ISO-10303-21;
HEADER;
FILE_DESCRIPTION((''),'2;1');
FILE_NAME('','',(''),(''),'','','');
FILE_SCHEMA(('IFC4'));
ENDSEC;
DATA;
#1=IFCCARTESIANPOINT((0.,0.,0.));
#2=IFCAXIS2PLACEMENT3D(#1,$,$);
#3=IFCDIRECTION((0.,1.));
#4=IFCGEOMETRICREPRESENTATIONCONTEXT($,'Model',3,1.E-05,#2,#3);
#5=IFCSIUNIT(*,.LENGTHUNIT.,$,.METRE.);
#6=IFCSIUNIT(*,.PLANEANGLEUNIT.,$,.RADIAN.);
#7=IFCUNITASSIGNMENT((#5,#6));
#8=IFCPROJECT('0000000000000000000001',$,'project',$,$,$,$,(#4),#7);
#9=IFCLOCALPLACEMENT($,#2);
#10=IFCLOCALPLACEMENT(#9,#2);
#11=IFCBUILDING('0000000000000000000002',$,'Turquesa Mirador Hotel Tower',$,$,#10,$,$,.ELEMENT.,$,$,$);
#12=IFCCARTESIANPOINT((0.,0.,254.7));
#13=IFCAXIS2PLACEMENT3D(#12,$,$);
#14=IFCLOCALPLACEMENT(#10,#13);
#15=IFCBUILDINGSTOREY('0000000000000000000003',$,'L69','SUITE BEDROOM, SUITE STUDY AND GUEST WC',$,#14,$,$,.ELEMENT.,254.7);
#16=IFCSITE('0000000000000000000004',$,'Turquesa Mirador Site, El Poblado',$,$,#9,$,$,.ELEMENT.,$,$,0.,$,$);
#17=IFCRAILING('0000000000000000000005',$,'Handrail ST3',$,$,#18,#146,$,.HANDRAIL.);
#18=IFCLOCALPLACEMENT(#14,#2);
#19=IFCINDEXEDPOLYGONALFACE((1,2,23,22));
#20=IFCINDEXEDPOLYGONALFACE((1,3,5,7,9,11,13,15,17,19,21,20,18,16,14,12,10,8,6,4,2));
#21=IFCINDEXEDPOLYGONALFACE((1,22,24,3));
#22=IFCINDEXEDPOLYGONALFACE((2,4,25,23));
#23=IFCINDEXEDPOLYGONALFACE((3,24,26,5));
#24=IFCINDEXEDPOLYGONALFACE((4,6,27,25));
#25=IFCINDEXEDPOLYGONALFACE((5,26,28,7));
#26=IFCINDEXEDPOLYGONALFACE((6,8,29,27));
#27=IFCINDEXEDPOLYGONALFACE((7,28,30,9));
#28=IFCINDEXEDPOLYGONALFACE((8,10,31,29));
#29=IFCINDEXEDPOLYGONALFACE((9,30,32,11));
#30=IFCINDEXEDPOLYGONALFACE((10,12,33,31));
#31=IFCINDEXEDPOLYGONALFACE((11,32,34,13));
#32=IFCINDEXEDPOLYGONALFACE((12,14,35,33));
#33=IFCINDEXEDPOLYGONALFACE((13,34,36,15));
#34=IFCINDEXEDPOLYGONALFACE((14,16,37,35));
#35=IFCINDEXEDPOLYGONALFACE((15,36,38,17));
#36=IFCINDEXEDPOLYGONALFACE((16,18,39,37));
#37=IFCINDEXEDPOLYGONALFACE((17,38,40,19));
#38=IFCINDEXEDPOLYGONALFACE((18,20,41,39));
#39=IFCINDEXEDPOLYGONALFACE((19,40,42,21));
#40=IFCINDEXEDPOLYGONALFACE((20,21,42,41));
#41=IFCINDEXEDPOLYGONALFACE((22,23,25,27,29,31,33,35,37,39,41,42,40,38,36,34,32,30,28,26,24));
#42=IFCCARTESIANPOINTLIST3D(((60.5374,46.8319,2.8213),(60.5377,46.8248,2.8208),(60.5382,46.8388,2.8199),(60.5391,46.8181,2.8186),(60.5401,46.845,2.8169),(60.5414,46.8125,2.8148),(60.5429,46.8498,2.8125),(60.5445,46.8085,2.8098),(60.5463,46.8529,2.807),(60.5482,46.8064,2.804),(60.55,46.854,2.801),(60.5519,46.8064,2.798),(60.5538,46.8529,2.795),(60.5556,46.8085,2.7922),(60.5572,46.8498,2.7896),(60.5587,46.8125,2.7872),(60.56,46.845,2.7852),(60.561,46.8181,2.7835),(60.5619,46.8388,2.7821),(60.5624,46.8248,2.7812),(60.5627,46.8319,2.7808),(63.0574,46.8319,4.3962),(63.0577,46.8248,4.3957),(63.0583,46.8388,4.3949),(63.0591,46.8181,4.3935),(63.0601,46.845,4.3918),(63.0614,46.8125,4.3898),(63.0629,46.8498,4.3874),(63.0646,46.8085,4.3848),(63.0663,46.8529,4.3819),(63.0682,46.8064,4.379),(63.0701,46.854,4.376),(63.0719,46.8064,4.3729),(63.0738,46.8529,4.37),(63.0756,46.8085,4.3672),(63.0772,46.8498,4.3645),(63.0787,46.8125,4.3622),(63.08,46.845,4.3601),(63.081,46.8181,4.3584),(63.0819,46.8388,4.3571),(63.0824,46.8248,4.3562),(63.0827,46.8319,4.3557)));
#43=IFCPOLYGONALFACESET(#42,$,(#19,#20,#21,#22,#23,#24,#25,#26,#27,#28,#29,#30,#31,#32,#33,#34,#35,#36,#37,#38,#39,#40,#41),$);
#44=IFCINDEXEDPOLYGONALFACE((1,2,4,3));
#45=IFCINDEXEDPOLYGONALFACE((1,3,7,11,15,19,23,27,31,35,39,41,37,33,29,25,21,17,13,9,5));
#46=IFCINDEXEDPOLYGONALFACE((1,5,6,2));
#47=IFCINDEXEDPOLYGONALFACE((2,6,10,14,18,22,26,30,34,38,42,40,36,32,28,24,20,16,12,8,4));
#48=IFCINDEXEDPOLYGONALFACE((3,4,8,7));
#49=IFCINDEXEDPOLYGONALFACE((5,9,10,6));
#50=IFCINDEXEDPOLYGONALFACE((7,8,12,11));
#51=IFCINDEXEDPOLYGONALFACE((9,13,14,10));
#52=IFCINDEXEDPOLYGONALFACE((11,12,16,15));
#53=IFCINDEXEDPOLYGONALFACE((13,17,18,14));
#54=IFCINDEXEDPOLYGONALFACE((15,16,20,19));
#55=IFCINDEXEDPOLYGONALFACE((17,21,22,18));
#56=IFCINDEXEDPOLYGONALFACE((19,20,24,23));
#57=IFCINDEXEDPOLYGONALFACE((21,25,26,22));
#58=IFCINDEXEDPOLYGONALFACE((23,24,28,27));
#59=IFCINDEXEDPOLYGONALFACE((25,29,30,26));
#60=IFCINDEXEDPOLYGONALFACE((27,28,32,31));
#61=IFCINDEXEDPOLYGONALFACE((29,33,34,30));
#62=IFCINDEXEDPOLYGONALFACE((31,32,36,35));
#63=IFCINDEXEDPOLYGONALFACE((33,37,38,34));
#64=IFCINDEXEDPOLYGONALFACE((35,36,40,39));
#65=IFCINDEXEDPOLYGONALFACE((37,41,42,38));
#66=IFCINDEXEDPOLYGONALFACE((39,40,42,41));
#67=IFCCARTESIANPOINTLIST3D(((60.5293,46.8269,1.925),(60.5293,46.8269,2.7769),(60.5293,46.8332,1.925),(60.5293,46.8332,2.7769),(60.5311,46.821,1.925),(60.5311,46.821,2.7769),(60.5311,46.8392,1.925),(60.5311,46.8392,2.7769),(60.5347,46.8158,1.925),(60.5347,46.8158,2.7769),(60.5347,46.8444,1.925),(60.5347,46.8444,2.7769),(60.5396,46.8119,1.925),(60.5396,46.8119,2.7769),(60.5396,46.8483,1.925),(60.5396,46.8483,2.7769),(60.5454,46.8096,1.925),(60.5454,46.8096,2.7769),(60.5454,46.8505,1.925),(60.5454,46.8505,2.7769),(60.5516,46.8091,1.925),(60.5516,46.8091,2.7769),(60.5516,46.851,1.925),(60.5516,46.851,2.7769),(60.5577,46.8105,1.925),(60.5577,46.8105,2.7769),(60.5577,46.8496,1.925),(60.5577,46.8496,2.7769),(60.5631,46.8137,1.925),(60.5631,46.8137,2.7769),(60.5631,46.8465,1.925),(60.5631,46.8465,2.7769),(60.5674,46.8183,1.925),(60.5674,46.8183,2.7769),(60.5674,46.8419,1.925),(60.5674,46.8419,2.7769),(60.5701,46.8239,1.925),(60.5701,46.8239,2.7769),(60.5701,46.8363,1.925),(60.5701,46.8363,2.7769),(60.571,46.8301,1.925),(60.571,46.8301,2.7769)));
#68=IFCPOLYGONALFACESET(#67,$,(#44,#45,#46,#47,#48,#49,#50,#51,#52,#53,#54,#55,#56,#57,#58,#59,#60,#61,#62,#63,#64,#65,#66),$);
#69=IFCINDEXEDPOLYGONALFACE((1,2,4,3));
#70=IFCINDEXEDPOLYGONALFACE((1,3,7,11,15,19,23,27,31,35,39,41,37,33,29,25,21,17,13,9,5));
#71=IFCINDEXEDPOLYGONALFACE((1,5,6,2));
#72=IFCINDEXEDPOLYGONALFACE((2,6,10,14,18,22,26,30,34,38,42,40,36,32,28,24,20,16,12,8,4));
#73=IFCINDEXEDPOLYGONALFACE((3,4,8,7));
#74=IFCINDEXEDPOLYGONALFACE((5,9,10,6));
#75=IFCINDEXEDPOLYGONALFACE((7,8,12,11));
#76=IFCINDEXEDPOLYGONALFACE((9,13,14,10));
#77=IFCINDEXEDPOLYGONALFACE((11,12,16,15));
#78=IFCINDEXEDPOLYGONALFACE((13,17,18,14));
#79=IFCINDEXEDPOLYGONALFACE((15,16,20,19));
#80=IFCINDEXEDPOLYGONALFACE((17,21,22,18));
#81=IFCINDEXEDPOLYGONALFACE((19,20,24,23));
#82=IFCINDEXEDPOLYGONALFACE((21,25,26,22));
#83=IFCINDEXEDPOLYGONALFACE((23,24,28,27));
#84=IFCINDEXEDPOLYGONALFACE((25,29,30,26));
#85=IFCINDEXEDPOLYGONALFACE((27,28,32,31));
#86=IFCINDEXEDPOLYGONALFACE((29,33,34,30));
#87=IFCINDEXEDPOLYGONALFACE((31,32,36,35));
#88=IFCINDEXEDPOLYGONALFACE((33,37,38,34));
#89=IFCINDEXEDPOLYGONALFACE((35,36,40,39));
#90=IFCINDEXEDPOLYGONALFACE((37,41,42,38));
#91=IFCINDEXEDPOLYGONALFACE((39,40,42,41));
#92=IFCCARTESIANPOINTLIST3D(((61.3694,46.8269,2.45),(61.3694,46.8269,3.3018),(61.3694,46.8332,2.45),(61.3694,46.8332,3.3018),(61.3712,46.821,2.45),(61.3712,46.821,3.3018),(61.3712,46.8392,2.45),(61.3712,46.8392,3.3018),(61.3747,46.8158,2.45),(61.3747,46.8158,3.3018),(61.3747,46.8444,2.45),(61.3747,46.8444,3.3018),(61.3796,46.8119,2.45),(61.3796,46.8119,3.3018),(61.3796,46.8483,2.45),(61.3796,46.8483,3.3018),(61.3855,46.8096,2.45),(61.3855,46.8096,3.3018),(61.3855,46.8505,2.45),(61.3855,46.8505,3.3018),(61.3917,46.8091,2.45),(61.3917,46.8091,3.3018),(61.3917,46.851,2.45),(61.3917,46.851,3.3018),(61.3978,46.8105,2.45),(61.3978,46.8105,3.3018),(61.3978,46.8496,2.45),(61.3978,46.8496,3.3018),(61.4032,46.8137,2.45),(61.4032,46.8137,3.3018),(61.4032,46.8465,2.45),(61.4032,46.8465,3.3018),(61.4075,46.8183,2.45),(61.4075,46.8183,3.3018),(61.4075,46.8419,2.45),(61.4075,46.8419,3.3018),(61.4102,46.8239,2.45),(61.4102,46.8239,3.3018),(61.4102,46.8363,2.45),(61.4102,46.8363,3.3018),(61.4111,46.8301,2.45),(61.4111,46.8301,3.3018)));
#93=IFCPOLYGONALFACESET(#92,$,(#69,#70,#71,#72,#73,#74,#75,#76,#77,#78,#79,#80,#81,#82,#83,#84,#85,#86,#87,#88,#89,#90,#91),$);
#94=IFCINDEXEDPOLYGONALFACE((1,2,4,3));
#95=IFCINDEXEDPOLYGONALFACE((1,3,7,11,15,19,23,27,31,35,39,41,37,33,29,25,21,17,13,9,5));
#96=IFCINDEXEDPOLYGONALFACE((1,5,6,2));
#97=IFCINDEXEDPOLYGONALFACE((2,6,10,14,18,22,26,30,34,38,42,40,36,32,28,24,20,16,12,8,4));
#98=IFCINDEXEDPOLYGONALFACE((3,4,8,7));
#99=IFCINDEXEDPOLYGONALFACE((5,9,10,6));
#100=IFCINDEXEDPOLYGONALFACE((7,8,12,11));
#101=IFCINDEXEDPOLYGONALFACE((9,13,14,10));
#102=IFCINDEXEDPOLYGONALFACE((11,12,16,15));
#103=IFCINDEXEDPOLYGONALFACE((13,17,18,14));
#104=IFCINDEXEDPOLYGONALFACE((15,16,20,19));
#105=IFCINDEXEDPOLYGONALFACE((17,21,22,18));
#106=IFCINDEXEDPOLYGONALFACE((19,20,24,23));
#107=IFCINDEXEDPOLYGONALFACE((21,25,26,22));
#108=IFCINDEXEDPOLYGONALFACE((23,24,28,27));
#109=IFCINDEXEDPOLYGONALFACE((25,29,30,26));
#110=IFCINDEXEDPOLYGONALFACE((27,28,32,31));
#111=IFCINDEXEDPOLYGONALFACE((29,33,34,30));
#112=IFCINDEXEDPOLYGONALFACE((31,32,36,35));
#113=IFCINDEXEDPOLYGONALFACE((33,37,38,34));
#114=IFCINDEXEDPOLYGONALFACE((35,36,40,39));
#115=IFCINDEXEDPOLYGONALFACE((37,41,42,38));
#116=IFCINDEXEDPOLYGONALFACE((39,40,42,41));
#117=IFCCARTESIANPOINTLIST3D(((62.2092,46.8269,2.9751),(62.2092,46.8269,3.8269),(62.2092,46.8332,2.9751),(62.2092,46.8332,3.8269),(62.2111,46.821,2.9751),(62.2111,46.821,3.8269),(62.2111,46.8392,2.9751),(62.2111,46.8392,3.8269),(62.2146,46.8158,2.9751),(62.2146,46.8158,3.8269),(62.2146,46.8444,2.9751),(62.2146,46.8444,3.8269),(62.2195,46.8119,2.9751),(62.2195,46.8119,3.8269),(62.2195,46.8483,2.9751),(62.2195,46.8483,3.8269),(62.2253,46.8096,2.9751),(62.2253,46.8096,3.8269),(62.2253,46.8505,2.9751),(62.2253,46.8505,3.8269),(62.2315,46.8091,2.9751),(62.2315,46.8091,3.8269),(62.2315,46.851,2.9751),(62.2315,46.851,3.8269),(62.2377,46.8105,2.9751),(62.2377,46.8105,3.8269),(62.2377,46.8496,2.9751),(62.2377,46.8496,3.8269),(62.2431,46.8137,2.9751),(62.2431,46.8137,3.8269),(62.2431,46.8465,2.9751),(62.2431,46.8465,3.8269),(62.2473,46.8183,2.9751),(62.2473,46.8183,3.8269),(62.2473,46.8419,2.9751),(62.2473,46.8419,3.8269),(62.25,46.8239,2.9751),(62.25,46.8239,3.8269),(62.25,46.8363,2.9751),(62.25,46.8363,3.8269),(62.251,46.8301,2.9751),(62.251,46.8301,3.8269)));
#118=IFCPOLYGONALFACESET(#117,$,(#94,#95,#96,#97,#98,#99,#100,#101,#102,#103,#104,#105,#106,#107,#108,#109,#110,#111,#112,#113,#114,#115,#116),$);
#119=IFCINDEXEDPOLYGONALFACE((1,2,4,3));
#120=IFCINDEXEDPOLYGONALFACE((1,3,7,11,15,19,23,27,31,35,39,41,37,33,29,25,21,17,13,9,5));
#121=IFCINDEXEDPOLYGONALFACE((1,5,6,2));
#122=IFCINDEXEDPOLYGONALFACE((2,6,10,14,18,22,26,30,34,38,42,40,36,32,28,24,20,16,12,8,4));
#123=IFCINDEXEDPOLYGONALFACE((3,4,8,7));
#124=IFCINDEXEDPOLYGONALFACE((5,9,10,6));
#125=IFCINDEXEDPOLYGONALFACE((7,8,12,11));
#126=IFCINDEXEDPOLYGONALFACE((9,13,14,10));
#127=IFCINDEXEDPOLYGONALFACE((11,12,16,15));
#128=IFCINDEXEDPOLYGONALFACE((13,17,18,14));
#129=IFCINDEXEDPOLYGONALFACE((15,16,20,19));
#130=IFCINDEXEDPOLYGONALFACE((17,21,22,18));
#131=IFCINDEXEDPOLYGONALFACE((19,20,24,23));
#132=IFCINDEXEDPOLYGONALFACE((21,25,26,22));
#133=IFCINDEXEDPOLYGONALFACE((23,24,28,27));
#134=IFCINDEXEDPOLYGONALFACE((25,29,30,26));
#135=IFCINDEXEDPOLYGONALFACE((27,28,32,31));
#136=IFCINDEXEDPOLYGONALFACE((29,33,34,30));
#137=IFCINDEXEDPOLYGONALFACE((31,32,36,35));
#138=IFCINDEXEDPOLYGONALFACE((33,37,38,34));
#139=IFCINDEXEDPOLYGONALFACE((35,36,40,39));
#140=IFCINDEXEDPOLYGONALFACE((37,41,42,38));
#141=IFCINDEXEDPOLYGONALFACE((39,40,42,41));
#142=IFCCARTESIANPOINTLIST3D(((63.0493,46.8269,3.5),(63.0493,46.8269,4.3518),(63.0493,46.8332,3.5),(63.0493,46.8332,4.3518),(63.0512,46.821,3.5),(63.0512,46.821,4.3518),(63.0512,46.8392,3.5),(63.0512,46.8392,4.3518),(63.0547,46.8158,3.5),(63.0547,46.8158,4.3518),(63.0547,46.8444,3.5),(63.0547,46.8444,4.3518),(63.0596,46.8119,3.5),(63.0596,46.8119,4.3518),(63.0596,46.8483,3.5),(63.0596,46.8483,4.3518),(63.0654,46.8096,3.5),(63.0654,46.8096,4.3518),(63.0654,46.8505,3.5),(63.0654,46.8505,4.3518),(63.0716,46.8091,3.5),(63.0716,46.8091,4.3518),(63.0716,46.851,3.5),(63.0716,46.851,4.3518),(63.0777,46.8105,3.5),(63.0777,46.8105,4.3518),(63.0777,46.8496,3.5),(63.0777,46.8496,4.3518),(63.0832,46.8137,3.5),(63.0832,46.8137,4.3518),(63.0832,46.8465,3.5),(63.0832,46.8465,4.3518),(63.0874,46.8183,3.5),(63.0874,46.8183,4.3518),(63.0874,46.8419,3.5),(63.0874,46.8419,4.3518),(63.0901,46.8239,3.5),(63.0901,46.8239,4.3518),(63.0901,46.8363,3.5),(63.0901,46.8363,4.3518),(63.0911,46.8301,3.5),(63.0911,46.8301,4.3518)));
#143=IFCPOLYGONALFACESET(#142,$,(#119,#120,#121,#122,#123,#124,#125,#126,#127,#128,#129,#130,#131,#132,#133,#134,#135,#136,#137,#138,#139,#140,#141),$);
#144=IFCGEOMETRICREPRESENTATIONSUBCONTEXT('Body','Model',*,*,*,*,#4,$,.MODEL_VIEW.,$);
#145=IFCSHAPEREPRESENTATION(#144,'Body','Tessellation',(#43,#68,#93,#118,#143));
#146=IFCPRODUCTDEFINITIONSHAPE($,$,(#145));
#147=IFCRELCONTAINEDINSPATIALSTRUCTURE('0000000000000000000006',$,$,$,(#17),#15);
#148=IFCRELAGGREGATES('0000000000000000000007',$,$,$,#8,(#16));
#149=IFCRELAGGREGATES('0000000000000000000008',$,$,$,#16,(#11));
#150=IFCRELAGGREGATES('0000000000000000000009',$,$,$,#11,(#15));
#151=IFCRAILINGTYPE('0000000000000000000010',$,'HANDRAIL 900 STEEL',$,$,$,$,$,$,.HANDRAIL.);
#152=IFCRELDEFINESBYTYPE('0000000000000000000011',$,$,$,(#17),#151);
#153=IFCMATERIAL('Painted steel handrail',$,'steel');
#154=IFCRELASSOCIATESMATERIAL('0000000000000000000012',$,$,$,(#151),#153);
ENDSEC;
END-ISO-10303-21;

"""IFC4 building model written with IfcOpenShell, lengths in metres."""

from ifc_helpers import new_model, si_unit, direction, frame, origin, origin_2d, place, context, subcontext, project, spatial, circle, extrude, material, type_object, element, save


model = new_model("IFC4")

# Units and contexts
model_context = context("Model", 3, precision=1e-05, world=origin(), true_north=direction((0.0, 1.0)))
body_context = subcontext(model_context, "Body", "Model", "MODEL_VIEW")
ifc_project = project(units=[si_unit("LENGTHUNIT", "METRE"), si_unit("PLANEANGLEUNIT", "RADIAN")], contexts=[model_context])

# Site, building, storey
site_placement = place(None, origin())
site = spatial("IfcSite", under=ifc_project, at=site_placement, Name="Turquesa Mirador Site, El Poblado", CompositionType="ELEMENT", RefElevation=0.0)
building_placement = place(site_placement, origin())
building = spatial("IfcBuilding", under=site, at=building_placement, Name="Turquesa Mirador Hotel Tower", CompositionType="ELEMENT")
storey_placement = place(building_placement, frame((0.0, 0.0, 254.7)))
storey = spatial("IfcBuildingStorey", under=building, at=storey_placement, Name="L69", Description="SUITE BEDROOM, SUITE STUDY AND GUEST WC", CompositionType="ELEMENT", Elevation=254.7)

# Railing
ifc_material_1 = material(Name="Painted steel handrail", Category="steel")
railing_type = type_object("IfcRailingType", Name="HANDRAIL 900 STEEL", PredefinedType="HANDRAIL", material=ifc_material_1)
railing_1_placement = place(storey_placement, frame((60.55, 46.8301, 1.925)))
element("IfcRailing", 1, at=railing_1_placement, inside=storey, type_object=railing_type, Name="Handrail ST3", PredefinedType="HANDRAIL", context=body_context, shape_type="SweptSolid", body=[
    extrude(circle(Radius=0.0239, at=origin_2d()), frame((0.0, 0.0, 0.876), z_axis=(0.848008, 0.0, 0.529984), x_axis=(0.0, 1.0, 0.0)), (0.0, 0.0, 1.0), 2.9717),
    extrude(circle(Radius=0.021, at=origin_2d()), origin(), (0.0, 0.0, 1.0), 0.8518),
    extrude(circle(Radius=0.021, at=origin_2d()), frame((0.8401, 0.0, 0.5249)), (0.0, 0.0, 1.0), 0.8518),
    extrude(circle(Radius=0.021, at=origin_2d()), frame((1.6799, 0.0, 1.05)), (0.0, 0.0, 1.0), 0.8518),
    extrude(circle(Radius=0.021, at=origin_2d()), frame((2.52, 0.0, 1.575)), (0.0, 0.0, 1.0), 0.8518),
])

save(model, "model.ifc")
